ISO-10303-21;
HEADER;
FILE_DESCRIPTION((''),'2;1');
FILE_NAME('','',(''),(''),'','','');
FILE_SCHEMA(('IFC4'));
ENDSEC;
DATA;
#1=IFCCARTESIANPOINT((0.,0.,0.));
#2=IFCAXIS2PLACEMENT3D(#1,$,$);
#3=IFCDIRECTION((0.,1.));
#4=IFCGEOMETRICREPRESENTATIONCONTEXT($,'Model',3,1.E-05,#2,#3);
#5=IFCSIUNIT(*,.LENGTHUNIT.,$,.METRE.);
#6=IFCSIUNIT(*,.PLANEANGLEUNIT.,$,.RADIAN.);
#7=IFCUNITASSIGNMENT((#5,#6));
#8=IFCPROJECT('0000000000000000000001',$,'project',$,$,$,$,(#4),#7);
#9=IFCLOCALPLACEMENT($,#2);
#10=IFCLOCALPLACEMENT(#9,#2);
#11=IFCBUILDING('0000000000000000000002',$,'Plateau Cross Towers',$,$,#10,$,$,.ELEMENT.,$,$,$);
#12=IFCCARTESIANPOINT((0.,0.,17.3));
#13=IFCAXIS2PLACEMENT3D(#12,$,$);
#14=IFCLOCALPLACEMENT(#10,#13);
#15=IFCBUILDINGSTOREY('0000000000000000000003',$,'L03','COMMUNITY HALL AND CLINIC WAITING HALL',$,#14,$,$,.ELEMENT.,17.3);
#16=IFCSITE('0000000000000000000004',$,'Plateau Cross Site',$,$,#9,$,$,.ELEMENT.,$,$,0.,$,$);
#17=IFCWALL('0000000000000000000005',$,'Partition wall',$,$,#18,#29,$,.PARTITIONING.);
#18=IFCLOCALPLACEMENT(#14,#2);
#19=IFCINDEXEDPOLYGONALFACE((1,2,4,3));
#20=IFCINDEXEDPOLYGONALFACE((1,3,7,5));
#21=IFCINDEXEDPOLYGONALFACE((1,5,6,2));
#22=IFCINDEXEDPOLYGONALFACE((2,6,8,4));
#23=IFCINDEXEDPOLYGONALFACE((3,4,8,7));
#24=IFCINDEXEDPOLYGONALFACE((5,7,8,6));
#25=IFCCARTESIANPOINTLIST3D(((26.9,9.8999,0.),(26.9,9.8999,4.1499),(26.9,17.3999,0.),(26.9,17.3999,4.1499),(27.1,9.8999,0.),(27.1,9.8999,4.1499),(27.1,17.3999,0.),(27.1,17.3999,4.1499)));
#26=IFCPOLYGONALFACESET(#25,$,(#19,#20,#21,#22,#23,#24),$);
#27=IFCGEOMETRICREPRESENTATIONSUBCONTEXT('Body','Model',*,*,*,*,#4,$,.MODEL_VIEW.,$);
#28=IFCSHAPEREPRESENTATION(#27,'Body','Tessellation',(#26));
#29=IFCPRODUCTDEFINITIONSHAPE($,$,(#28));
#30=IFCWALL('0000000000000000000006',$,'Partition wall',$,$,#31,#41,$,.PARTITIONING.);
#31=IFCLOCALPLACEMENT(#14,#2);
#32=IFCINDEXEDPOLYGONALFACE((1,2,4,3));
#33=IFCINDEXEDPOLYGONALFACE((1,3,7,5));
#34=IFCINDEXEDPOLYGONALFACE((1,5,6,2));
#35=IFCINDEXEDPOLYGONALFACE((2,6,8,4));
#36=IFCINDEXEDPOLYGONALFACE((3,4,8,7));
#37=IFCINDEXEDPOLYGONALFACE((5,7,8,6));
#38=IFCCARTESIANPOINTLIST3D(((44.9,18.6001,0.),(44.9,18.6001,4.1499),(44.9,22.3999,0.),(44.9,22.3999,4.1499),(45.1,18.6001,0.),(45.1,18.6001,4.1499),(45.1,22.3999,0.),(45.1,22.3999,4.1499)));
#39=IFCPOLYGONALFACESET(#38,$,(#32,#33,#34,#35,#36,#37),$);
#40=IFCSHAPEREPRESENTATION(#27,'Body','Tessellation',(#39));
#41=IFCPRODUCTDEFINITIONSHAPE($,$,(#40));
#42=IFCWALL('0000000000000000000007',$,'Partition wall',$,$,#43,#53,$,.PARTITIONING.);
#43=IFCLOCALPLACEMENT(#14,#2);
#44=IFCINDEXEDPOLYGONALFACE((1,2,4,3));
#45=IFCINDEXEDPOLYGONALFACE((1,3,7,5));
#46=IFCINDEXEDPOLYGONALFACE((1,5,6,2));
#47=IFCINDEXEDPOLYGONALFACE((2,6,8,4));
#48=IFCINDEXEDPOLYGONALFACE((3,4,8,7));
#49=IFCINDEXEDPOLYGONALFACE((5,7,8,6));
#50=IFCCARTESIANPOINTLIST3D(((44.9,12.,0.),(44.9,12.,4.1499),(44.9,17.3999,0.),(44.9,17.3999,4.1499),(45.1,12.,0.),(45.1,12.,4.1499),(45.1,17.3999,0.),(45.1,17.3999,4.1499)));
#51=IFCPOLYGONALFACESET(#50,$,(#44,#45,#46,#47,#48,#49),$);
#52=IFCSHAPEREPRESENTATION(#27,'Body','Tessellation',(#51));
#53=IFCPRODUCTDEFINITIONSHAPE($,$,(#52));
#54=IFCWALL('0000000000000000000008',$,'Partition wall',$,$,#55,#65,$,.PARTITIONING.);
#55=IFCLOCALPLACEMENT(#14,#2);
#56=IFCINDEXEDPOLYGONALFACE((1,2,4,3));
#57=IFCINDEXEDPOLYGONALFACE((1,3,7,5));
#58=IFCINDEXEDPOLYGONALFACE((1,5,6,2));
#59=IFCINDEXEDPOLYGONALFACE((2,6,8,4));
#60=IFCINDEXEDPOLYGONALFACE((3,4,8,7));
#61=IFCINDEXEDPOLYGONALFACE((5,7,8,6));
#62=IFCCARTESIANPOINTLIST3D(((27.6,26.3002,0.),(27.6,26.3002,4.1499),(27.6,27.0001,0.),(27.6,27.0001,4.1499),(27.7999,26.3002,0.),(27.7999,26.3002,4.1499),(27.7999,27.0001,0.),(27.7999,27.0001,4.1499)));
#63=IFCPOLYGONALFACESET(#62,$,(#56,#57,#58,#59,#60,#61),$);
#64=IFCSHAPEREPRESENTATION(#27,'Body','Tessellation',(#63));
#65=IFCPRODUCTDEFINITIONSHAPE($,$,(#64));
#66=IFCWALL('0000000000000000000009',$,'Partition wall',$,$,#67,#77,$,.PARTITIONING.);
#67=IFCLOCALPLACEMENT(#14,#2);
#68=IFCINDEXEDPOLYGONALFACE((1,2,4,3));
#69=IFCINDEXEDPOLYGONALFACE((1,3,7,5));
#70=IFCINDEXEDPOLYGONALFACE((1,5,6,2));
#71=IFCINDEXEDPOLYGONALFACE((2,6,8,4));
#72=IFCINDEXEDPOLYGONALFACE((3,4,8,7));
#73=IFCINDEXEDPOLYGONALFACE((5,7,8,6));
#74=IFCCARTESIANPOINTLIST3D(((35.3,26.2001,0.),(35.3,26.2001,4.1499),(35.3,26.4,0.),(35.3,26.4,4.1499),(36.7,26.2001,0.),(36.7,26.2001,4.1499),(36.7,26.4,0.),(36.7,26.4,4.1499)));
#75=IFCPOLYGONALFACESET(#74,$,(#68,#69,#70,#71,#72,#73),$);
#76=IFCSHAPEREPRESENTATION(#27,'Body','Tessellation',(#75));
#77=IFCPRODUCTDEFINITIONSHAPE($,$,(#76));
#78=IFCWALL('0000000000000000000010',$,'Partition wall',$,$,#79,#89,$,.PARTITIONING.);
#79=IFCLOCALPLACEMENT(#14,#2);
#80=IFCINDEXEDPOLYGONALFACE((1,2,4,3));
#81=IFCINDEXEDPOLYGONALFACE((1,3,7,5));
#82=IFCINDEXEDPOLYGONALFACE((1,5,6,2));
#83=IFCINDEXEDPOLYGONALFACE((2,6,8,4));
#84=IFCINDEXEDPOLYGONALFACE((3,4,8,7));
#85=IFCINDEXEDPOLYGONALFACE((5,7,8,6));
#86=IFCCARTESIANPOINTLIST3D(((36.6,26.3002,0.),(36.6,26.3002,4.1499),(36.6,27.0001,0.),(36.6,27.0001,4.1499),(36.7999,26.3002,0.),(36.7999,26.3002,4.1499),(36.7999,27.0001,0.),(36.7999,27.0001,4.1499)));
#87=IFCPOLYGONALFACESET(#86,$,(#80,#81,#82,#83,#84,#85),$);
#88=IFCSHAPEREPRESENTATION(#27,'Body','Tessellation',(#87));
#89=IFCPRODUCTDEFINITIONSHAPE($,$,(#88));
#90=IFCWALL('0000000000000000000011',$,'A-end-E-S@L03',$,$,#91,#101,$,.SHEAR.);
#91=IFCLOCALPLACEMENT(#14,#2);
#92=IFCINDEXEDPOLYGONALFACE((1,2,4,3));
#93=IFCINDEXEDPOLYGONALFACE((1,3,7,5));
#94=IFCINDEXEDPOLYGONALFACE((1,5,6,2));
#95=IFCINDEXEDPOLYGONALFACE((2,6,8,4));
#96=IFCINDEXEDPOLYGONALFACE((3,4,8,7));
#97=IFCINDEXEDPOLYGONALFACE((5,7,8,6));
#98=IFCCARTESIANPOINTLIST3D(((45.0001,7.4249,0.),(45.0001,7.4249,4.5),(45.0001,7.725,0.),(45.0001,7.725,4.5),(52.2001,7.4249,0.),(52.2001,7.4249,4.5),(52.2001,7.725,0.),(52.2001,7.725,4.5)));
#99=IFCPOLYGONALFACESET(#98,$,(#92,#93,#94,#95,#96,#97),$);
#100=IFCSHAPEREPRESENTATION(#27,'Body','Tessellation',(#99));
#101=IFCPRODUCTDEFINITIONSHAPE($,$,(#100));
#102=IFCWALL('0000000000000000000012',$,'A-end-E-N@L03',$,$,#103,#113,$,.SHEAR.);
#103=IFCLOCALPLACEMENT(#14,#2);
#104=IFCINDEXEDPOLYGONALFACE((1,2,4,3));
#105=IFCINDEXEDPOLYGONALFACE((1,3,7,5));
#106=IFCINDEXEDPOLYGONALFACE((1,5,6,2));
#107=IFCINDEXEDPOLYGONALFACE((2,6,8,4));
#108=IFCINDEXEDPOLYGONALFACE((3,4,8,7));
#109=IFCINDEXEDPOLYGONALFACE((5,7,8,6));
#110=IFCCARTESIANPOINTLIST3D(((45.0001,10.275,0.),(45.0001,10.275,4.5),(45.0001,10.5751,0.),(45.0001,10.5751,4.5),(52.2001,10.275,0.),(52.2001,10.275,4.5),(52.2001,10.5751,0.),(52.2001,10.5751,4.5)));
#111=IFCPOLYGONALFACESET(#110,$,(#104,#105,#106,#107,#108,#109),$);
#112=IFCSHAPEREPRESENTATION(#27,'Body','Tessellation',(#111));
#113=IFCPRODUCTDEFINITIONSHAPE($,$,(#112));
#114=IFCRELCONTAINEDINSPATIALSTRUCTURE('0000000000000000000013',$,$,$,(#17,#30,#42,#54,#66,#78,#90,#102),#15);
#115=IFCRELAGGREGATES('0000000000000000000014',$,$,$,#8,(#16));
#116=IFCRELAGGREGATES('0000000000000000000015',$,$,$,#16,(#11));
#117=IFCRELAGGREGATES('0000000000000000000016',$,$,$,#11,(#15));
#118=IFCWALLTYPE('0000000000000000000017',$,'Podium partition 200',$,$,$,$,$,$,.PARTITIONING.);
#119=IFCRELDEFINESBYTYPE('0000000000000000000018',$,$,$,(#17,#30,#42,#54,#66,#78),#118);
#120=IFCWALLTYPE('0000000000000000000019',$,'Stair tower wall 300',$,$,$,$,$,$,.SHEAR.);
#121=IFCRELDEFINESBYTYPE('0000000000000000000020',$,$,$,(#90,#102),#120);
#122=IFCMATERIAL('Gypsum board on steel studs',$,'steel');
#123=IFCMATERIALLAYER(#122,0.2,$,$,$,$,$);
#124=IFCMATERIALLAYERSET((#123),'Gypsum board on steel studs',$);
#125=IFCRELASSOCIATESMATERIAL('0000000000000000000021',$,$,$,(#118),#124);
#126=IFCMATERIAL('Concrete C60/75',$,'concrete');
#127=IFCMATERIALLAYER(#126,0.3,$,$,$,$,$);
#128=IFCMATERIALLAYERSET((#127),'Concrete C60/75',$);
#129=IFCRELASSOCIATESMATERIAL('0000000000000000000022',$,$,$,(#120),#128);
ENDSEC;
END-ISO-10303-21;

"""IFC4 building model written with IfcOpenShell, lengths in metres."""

from ifc_helpers import new_model, si_unit, direction, frame, frame_2d, origin, place, context, subcontext, project, spatial, rectangle, extrude, material, layer, layer_set, type_object, element, save


model = new_model("IFC4")

# Units and contexts
model_context = context("Model", 3, precision=1e-05, world=origin(), true_north=direction((0.0, 1.0)))
body_context = subcontext(model_context, "Body", "Model", "MODEL_VIEW")
ifc_project = project(units=[si_unit("LENGTHUNIT", "METRE"), si_unit("PLANEANGLEUNIT", "RADIAN")], contexts=[model_context])

# Site, building, storey
site_placement = place(None, origin())
site = spatial("IfcSite", under=ifc_project, at=site_placement, Name="Plateau Cross Site", CompositionType="ELEMENT", RefElevation=0.0)
building_placement = place(site_placement, origin())
building = spatial("IfcBuilding", under=site, at=building_placement, Name="Plateau Cross Towers", CompositionType="ELEMENT")
storey_placement = place(building_placement, frame((0.0, 0.0, 17.3)))
storey = spatial("IfcBuildingStorey", under=building, at=storey_placement, Name="L03", Description="COMMUNITY HALL AND CLINIC WAITING HALL", CompositionType="ELEMENT", Elevation=17.3)

# Shared definitions
ifc_material_1 = material(Name="Concrete C60/75", Category="concrete")

# Shared definitions
ifc_material_2 = material(Name="Gypsum board on steel studs", Category="steel")
ifc_layer_1 = layer(ifc_material_2, 0.2)
ifc_layer_set_1 = layer_set([ifc_layer_1], Name="Gypsum board on steel studs")
wall_type_1 = type_object("IfcWallType", Name="Podium partition 200", PredefinedType="PARTITIONING", material=ifc_layer_set_1)

# Walls
wall_1_placement = place(storey_placement, frame((27.0, 17.3999, 0.0), z_axis=(0.0, 0.0, 1.0), x_axis=(0.0, -1.0, 0.0)))
element("IfcWall", 1, at=wall_1_placement, inside=storey, type_object=wall_type_1, Name="Partition wall", PredefinedType="PARTITIONING", context=body_context, shape_type="SweptSolid", body=[
    extrude(rectangle(XDim=7.5, YDim=0.2, at=frame_2d((3.75, 0.0))), origin(), (0.0, 0.0, 1.0), 4.1499),
])
wall_2_placement = place(storey_placement, frame((45.0, 22.3999, 0.0), z_axis=(0.0, 0.0, 1.0), x_axis=(0.0, -1.0, 0.0)))
element("IfcWall", 2, at=wall_2_placement, inside=storey, type_object=wall_type_1, Name="Partition wall", PredefinedType="PARTITIONING", context=body_context, shape_type="SweptSolid", body=[
    extrude(rectangle(XDim=3.7998, YDim=0.2, at=frame_2d((1.8999, 0.0))), origin(), (0.0, 0.0, 1.0), 4.1499),
])
wall_3_placement = place(storey_placement, frame((45.0, 17.3999, 0.0), z_axis=(0.0, 0.0, 1.0), x_axis=(0.0, -1.0, 0.0)))
element("IfcWall", 3, at=wall_3_placement, inside=storey, type_object=wall_type_1, Name="Partition wall", PredefinedType="PARTITIONING", context=body_context, shape_type="SweptSolid", body=[
    extrude(rectangle(XDim=5.3999, YDim=0.2, at=frame_2d((2.7, 0.0))), origin(), (0.0, 0.0, 1.0), 4.1499),
])
wall_4_placement = place(storey_placement, frame((27.7, 26.3, 0.0), z_axis=(0.0, 0.0, 1.0), x_axis=(0.0, 1.0, 0.0)))
element("IfcWall", 4, at=wall_4_placement, inside=storey, type_object=wall_type_1, Name="Partition wall", PredefinedType="PARTITIONING", context=body_context, shape_type="SweptSolid", body=[
    extrude(rectangle(XDim=0.7, YDim=0.2, at=frame_2d((0.3501, 0.0))), origin(), (0.0, 0.0, 1.0), 4.1499),
])
wall_5_placement = place(storey_placement, frame((35.3, 26.3, 0.0), z_axis=(0.0, 0.0, 1.0), x_axis=(1.0, 0.0, 0.0)))
element("IfcWall", 5, at=wall_5_placement, inside=storey, type_object=wall_type_1, Name="Partition wall", PredefinedType="PARTITIONING", context=body_context, shape_type="SweptSolid", body=[
    extrude(rectangle(XDim=1.3999, YDim=0.2, at=frame_2d((0.7, 0.0))), origin(), (0.0, 0.0, 1.0), 4.1499),
])
wall_6_placement = place(storey_placement, frame((36.7, 26.3, 0.0), z_axis=(0.0, 0.0, 1.0), x_axis=(0.0, 1.0, 0.0)))
element("IfcWall", 6, at=wall_6_placement, inside=storey, type_object=wall_type_1, Name="Partition wall", PredefinedType="PARTITIONING", context=body_context, shape_type="SweptSolid", body=[
    extrude(rectangle(XDim=0.7, YDim=0.2, at=frame_2d((0.3501, 0.0))), origin(), (0.0, 0.0, 1.0), 4.1499),
])
ifc_layer_2 = layer(ifc_material_1, 0.3)
ifc_layer_set_2 = layer_set([ifc_layer_2], Name="Concrete C60/75")
wall_type_2 = type_object("IfcWallType", Name="Stair tower wall 300", PredefinedType="SHEAR", material=ifc_layer_set_2)
for number, where, z_axis, x_axis, name in (
    (7, (45.0, 7.575, 0.0), (0.0, 0.0, 1.0), (1.0, 0.0, 0.0), "A-end-E-S@L03"),
    (8, (45.0, 10.425, 0.0), (0.0, 0.0, 1.0), (1.0, 0.0, 0.0), "A-end-E-N@L03"),
):
    element("IfcWall", number, at=place(storey_placement, frame(where, z_axis=z_axis, x_axis=x_axis)), inside=storey, type_object=wall_type_2, Name=name, PredefinedType="SHEAR", context=body_context, shape_type="SweptSolid", body=[
        extrude(rectangle(XDim=7.2, YDim=0.3, at=frame_2d((3.6001, 0.0))), origin(), (0.0, 0.0, 1.0), 4.5),
    ])

save(model, "model.ifc")
